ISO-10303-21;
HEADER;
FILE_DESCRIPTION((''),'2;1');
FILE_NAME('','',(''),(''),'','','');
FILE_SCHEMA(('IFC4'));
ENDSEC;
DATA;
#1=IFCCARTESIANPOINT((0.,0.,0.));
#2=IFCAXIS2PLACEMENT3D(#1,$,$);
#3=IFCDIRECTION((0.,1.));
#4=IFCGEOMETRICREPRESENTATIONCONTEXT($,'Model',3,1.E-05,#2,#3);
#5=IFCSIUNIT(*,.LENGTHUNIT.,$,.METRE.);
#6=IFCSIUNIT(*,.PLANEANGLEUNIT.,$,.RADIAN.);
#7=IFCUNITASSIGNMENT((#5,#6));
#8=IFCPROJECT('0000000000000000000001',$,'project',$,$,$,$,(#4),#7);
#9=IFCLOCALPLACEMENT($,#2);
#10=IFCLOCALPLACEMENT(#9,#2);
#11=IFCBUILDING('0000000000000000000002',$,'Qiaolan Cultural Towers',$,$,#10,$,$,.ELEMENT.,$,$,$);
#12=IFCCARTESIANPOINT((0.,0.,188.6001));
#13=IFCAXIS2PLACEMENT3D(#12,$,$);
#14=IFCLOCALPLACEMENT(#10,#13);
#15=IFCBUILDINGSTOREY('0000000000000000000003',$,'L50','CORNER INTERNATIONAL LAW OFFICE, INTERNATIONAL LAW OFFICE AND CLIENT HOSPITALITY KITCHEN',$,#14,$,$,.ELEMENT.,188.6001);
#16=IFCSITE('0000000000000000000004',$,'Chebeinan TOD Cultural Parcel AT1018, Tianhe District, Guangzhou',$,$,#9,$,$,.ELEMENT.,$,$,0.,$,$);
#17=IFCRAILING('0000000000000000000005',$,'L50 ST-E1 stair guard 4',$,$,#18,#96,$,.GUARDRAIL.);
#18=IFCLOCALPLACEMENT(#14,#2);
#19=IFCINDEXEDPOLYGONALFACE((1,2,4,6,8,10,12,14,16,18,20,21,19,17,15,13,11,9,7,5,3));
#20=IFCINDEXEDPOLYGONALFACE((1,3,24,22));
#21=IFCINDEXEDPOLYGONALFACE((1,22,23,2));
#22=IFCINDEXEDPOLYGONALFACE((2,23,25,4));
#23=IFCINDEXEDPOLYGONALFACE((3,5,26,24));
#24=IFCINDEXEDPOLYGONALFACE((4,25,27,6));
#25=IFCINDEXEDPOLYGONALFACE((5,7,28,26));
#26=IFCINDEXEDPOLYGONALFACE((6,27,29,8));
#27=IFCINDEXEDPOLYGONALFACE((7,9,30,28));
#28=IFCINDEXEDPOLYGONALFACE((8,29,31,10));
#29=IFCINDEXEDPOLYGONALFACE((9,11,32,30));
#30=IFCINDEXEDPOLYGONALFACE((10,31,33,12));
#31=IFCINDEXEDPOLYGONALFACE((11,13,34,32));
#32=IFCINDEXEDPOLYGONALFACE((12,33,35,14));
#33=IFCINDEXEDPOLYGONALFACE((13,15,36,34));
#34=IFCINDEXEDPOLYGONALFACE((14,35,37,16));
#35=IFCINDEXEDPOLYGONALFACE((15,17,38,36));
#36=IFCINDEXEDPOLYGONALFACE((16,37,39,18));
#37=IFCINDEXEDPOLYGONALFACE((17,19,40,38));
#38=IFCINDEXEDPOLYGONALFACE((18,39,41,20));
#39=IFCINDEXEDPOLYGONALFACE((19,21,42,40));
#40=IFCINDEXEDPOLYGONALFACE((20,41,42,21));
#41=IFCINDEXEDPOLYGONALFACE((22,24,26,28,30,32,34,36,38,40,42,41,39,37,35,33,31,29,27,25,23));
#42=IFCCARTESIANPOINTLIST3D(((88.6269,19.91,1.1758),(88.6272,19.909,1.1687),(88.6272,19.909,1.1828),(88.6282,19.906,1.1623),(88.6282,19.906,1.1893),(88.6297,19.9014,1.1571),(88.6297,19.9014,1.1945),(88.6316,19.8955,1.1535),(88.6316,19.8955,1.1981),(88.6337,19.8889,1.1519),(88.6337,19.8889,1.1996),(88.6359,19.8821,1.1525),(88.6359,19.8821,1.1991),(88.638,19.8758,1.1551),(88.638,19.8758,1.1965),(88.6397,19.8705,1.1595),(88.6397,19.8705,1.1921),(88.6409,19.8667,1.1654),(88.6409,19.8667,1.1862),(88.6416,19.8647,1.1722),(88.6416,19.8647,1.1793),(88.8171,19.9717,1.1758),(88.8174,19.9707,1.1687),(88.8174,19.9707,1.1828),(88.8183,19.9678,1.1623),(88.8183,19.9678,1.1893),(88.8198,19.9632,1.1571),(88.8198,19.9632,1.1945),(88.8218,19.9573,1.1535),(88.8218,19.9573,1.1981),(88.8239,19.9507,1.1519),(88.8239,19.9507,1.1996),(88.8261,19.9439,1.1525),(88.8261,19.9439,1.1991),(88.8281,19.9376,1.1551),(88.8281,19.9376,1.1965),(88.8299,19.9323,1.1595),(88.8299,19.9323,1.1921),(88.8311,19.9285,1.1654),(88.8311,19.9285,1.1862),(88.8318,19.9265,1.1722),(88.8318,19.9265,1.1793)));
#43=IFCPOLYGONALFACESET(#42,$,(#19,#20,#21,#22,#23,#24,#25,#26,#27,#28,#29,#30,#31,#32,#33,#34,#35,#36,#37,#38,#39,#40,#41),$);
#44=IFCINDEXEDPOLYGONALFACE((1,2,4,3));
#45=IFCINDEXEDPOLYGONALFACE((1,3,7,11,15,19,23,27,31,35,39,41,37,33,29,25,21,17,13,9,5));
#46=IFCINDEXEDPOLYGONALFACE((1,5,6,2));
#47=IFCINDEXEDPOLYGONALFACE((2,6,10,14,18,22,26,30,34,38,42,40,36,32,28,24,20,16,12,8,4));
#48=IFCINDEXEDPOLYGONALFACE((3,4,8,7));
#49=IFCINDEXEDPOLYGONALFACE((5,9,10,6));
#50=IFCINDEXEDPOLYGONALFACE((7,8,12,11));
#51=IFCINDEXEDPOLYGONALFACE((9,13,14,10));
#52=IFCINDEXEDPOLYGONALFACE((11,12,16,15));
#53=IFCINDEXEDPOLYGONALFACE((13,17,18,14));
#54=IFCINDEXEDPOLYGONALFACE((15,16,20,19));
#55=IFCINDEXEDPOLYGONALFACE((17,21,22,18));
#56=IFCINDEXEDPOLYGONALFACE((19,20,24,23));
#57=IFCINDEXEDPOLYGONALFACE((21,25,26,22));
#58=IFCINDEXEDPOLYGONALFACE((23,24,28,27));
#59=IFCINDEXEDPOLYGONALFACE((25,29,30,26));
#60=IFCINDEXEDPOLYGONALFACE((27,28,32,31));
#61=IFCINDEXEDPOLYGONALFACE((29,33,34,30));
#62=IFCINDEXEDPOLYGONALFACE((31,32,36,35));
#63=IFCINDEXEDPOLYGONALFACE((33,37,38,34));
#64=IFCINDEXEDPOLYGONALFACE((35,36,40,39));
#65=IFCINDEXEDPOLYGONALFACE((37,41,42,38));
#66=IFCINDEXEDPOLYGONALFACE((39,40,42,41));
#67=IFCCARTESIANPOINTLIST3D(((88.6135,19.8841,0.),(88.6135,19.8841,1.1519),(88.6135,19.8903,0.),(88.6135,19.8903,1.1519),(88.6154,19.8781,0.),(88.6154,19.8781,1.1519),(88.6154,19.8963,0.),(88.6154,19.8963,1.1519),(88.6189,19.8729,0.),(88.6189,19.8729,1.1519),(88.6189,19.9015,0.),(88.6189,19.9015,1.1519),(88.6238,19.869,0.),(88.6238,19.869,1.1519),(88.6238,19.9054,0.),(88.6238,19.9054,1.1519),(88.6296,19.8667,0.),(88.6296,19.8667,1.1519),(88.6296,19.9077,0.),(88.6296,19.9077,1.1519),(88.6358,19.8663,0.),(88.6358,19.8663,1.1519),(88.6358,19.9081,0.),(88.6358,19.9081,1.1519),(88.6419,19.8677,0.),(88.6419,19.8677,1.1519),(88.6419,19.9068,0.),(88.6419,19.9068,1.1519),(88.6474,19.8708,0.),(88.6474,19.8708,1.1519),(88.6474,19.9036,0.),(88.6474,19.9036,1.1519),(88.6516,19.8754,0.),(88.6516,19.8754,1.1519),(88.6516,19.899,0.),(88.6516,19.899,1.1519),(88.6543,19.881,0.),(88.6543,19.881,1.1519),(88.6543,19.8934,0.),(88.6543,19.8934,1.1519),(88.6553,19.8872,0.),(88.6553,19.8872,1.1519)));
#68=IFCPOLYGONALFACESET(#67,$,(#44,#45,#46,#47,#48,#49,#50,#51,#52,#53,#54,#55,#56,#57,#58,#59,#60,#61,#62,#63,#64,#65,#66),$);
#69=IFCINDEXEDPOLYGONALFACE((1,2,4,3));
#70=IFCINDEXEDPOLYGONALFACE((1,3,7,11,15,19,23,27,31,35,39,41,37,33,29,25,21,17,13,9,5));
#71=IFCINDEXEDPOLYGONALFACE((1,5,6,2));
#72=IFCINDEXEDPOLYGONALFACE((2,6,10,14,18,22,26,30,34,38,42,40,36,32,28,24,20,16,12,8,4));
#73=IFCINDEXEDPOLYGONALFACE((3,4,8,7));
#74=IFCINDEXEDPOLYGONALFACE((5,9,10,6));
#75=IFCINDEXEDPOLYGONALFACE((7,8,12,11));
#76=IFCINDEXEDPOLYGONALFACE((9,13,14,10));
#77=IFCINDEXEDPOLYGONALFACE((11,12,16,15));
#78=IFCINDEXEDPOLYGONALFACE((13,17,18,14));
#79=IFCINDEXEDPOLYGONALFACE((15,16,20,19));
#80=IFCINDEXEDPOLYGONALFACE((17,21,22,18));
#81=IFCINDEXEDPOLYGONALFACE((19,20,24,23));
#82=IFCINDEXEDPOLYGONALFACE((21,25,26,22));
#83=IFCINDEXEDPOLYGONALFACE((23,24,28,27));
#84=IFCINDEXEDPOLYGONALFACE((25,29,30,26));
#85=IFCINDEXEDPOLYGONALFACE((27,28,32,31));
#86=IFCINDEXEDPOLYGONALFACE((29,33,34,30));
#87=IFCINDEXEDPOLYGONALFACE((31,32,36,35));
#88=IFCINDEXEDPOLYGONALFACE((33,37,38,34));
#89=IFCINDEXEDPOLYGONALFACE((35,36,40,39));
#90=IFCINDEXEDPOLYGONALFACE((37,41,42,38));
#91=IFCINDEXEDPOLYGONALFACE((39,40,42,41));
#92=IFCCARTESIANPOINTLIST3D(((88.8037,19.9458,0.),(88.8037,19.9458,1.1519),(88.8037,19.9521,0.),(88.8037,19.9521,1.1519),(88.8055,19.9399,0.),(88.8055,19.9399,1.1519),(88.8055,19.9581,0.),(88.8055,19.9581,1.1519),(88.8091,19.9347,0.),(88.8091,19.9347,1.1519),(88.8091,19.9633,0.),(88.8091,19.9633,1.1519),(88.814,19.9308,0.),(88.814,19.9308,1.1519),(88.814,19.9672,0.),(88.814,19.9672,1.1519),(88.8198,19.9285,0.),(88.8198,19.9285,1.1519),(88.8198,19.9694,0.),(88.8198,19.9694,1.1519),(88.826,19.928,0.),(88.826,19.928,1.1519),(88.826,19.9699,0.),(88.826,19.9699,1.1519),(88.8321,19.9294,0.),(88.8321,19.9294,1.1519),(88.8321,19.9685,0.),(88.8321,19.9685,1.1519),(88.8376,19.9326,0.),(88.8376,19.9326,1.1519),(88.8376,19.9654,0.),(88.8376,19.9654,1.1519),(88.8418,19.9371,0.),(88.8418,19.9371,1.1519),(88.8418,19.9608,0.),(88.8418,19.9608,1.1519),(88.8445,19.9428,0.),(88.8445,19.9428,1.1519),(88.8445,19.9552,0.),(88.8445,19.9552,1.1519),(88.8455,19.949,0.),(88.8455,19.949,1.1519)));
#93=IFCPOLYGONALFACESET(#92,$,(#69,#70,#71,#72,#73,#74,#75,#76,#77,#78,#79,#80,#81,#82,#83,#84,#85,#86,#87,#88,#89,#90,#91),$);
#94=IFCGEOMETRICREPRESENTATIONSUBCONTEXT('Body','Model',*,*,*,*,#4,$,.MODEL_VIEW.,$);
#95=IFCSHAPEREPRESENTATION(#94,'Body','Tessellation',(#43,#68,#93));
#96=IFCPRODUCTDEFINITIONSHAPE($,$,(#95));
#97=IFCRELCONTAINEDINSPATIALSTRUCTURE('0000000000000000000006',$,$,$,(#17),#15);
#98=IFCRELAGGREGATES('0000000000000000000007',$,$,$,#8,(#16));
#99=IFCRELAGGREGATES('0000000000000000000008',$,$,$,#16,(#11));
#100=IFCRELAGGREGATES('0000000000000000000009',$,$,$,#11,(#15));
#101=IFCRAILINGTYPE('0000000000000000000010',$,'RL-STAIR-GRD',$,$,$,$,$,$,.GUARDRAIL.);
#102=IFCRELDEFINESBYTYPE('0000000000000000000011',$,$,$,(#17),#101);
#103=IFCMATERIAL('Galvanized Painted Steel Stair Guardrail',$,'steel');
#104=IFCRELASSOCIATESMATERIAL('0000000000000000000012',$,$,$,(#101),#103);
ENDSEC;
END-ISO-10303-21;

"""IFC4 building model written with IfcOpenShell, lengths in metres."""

from ifc_helpers import new_model, si_unit, direction, frame, origin, origin_2d, place, context, subcontext, project, spatial, circle, extrude, material, type_object, element, save


model = new_model("IFC4")

# Units and contexts
model_context = context("Model", 3, precision=1e-05, world=origin(), true_north=direction((0.0, 1.0)))
body_context = subcontext(model_context, "Body", "Model", "MODEL_VIEW")
ifc_project = project(units=[si_unit("LENGTHUNIT", "METRE"), si_unit("PLANEANGLEUNIT", "RADIAN")], contexts=[model_context])

# Site, building, storey
site_placement = place(None, origin())
site = spatial("IfcSite", under=ifc_project, at=site_placement, Name="Chebeinan TOD Cultural Parcel AT1018, Tianhe District, Guangzhou", CompositionType="ELEMENT", RefElevation=0.0)
building_placement = place(site_placement, origin())
building = spatial("IfcBuilding", under=site, at=building_placement, Name="Qiaolan Cultural Towers", CompositionType="ELEMENT")
storey_placement = place(building_placement, frame((0.0, 0.0, 188.6001)))
storey = spatial("IfcBuildingStorey", under=building, at=storey_placement, Name="L50", Description="CORNER INTERNATIONAL LAW OFFICE, INTERNATIONAL LAW OFFICE AND CLIENT HOSPITALITY KITCHEN", CompositionType="ELEMENT", Elevation=188.6001)

# Railing
ifc_material_1 = material(Name="Galvanized Painted Steel Stair Guardrail", Category="steel")
railing_type_1 = type_object("IfcRailingType", Name="RL-STAIR-GRD", PredefinedType="GUARDRAIL", material=ifc_material_1)
railing_1_placement = place(storey_placement, frame((88.6343, 19.8872, 0.0)))
element("IfcRailing", 1, at=railing_1_placement, inside=storey, type_object=railing_type_1, Name="L50 ST-E1 stair guard 4", PredefinedType="GUARDRAIL", context=body_context, shape_type="SweptSolid", body=[
    extrude(circle(Radius=0.0239, at=origin_2d()), frame((0.0, 0.0, 1.1758), z_axis=(0.951097, 0.308893, 0.0), x_axis=(-0.308893, 0.951097, 0.0)), (0.0, 0.0, 1.0), 0.2),
    extrude(circle(Radius=0.021, at=origin_2d()), origin(), (0.0, 0.0, 1.0), 1.1519),
    extrude(circle(Radius=0.021, at=origin_2d()), frame((0.1902, 0.0618, 0.0)), (0.0, 0.0, 1.0), 1.1519),
])

save(model, "model.ifc")
